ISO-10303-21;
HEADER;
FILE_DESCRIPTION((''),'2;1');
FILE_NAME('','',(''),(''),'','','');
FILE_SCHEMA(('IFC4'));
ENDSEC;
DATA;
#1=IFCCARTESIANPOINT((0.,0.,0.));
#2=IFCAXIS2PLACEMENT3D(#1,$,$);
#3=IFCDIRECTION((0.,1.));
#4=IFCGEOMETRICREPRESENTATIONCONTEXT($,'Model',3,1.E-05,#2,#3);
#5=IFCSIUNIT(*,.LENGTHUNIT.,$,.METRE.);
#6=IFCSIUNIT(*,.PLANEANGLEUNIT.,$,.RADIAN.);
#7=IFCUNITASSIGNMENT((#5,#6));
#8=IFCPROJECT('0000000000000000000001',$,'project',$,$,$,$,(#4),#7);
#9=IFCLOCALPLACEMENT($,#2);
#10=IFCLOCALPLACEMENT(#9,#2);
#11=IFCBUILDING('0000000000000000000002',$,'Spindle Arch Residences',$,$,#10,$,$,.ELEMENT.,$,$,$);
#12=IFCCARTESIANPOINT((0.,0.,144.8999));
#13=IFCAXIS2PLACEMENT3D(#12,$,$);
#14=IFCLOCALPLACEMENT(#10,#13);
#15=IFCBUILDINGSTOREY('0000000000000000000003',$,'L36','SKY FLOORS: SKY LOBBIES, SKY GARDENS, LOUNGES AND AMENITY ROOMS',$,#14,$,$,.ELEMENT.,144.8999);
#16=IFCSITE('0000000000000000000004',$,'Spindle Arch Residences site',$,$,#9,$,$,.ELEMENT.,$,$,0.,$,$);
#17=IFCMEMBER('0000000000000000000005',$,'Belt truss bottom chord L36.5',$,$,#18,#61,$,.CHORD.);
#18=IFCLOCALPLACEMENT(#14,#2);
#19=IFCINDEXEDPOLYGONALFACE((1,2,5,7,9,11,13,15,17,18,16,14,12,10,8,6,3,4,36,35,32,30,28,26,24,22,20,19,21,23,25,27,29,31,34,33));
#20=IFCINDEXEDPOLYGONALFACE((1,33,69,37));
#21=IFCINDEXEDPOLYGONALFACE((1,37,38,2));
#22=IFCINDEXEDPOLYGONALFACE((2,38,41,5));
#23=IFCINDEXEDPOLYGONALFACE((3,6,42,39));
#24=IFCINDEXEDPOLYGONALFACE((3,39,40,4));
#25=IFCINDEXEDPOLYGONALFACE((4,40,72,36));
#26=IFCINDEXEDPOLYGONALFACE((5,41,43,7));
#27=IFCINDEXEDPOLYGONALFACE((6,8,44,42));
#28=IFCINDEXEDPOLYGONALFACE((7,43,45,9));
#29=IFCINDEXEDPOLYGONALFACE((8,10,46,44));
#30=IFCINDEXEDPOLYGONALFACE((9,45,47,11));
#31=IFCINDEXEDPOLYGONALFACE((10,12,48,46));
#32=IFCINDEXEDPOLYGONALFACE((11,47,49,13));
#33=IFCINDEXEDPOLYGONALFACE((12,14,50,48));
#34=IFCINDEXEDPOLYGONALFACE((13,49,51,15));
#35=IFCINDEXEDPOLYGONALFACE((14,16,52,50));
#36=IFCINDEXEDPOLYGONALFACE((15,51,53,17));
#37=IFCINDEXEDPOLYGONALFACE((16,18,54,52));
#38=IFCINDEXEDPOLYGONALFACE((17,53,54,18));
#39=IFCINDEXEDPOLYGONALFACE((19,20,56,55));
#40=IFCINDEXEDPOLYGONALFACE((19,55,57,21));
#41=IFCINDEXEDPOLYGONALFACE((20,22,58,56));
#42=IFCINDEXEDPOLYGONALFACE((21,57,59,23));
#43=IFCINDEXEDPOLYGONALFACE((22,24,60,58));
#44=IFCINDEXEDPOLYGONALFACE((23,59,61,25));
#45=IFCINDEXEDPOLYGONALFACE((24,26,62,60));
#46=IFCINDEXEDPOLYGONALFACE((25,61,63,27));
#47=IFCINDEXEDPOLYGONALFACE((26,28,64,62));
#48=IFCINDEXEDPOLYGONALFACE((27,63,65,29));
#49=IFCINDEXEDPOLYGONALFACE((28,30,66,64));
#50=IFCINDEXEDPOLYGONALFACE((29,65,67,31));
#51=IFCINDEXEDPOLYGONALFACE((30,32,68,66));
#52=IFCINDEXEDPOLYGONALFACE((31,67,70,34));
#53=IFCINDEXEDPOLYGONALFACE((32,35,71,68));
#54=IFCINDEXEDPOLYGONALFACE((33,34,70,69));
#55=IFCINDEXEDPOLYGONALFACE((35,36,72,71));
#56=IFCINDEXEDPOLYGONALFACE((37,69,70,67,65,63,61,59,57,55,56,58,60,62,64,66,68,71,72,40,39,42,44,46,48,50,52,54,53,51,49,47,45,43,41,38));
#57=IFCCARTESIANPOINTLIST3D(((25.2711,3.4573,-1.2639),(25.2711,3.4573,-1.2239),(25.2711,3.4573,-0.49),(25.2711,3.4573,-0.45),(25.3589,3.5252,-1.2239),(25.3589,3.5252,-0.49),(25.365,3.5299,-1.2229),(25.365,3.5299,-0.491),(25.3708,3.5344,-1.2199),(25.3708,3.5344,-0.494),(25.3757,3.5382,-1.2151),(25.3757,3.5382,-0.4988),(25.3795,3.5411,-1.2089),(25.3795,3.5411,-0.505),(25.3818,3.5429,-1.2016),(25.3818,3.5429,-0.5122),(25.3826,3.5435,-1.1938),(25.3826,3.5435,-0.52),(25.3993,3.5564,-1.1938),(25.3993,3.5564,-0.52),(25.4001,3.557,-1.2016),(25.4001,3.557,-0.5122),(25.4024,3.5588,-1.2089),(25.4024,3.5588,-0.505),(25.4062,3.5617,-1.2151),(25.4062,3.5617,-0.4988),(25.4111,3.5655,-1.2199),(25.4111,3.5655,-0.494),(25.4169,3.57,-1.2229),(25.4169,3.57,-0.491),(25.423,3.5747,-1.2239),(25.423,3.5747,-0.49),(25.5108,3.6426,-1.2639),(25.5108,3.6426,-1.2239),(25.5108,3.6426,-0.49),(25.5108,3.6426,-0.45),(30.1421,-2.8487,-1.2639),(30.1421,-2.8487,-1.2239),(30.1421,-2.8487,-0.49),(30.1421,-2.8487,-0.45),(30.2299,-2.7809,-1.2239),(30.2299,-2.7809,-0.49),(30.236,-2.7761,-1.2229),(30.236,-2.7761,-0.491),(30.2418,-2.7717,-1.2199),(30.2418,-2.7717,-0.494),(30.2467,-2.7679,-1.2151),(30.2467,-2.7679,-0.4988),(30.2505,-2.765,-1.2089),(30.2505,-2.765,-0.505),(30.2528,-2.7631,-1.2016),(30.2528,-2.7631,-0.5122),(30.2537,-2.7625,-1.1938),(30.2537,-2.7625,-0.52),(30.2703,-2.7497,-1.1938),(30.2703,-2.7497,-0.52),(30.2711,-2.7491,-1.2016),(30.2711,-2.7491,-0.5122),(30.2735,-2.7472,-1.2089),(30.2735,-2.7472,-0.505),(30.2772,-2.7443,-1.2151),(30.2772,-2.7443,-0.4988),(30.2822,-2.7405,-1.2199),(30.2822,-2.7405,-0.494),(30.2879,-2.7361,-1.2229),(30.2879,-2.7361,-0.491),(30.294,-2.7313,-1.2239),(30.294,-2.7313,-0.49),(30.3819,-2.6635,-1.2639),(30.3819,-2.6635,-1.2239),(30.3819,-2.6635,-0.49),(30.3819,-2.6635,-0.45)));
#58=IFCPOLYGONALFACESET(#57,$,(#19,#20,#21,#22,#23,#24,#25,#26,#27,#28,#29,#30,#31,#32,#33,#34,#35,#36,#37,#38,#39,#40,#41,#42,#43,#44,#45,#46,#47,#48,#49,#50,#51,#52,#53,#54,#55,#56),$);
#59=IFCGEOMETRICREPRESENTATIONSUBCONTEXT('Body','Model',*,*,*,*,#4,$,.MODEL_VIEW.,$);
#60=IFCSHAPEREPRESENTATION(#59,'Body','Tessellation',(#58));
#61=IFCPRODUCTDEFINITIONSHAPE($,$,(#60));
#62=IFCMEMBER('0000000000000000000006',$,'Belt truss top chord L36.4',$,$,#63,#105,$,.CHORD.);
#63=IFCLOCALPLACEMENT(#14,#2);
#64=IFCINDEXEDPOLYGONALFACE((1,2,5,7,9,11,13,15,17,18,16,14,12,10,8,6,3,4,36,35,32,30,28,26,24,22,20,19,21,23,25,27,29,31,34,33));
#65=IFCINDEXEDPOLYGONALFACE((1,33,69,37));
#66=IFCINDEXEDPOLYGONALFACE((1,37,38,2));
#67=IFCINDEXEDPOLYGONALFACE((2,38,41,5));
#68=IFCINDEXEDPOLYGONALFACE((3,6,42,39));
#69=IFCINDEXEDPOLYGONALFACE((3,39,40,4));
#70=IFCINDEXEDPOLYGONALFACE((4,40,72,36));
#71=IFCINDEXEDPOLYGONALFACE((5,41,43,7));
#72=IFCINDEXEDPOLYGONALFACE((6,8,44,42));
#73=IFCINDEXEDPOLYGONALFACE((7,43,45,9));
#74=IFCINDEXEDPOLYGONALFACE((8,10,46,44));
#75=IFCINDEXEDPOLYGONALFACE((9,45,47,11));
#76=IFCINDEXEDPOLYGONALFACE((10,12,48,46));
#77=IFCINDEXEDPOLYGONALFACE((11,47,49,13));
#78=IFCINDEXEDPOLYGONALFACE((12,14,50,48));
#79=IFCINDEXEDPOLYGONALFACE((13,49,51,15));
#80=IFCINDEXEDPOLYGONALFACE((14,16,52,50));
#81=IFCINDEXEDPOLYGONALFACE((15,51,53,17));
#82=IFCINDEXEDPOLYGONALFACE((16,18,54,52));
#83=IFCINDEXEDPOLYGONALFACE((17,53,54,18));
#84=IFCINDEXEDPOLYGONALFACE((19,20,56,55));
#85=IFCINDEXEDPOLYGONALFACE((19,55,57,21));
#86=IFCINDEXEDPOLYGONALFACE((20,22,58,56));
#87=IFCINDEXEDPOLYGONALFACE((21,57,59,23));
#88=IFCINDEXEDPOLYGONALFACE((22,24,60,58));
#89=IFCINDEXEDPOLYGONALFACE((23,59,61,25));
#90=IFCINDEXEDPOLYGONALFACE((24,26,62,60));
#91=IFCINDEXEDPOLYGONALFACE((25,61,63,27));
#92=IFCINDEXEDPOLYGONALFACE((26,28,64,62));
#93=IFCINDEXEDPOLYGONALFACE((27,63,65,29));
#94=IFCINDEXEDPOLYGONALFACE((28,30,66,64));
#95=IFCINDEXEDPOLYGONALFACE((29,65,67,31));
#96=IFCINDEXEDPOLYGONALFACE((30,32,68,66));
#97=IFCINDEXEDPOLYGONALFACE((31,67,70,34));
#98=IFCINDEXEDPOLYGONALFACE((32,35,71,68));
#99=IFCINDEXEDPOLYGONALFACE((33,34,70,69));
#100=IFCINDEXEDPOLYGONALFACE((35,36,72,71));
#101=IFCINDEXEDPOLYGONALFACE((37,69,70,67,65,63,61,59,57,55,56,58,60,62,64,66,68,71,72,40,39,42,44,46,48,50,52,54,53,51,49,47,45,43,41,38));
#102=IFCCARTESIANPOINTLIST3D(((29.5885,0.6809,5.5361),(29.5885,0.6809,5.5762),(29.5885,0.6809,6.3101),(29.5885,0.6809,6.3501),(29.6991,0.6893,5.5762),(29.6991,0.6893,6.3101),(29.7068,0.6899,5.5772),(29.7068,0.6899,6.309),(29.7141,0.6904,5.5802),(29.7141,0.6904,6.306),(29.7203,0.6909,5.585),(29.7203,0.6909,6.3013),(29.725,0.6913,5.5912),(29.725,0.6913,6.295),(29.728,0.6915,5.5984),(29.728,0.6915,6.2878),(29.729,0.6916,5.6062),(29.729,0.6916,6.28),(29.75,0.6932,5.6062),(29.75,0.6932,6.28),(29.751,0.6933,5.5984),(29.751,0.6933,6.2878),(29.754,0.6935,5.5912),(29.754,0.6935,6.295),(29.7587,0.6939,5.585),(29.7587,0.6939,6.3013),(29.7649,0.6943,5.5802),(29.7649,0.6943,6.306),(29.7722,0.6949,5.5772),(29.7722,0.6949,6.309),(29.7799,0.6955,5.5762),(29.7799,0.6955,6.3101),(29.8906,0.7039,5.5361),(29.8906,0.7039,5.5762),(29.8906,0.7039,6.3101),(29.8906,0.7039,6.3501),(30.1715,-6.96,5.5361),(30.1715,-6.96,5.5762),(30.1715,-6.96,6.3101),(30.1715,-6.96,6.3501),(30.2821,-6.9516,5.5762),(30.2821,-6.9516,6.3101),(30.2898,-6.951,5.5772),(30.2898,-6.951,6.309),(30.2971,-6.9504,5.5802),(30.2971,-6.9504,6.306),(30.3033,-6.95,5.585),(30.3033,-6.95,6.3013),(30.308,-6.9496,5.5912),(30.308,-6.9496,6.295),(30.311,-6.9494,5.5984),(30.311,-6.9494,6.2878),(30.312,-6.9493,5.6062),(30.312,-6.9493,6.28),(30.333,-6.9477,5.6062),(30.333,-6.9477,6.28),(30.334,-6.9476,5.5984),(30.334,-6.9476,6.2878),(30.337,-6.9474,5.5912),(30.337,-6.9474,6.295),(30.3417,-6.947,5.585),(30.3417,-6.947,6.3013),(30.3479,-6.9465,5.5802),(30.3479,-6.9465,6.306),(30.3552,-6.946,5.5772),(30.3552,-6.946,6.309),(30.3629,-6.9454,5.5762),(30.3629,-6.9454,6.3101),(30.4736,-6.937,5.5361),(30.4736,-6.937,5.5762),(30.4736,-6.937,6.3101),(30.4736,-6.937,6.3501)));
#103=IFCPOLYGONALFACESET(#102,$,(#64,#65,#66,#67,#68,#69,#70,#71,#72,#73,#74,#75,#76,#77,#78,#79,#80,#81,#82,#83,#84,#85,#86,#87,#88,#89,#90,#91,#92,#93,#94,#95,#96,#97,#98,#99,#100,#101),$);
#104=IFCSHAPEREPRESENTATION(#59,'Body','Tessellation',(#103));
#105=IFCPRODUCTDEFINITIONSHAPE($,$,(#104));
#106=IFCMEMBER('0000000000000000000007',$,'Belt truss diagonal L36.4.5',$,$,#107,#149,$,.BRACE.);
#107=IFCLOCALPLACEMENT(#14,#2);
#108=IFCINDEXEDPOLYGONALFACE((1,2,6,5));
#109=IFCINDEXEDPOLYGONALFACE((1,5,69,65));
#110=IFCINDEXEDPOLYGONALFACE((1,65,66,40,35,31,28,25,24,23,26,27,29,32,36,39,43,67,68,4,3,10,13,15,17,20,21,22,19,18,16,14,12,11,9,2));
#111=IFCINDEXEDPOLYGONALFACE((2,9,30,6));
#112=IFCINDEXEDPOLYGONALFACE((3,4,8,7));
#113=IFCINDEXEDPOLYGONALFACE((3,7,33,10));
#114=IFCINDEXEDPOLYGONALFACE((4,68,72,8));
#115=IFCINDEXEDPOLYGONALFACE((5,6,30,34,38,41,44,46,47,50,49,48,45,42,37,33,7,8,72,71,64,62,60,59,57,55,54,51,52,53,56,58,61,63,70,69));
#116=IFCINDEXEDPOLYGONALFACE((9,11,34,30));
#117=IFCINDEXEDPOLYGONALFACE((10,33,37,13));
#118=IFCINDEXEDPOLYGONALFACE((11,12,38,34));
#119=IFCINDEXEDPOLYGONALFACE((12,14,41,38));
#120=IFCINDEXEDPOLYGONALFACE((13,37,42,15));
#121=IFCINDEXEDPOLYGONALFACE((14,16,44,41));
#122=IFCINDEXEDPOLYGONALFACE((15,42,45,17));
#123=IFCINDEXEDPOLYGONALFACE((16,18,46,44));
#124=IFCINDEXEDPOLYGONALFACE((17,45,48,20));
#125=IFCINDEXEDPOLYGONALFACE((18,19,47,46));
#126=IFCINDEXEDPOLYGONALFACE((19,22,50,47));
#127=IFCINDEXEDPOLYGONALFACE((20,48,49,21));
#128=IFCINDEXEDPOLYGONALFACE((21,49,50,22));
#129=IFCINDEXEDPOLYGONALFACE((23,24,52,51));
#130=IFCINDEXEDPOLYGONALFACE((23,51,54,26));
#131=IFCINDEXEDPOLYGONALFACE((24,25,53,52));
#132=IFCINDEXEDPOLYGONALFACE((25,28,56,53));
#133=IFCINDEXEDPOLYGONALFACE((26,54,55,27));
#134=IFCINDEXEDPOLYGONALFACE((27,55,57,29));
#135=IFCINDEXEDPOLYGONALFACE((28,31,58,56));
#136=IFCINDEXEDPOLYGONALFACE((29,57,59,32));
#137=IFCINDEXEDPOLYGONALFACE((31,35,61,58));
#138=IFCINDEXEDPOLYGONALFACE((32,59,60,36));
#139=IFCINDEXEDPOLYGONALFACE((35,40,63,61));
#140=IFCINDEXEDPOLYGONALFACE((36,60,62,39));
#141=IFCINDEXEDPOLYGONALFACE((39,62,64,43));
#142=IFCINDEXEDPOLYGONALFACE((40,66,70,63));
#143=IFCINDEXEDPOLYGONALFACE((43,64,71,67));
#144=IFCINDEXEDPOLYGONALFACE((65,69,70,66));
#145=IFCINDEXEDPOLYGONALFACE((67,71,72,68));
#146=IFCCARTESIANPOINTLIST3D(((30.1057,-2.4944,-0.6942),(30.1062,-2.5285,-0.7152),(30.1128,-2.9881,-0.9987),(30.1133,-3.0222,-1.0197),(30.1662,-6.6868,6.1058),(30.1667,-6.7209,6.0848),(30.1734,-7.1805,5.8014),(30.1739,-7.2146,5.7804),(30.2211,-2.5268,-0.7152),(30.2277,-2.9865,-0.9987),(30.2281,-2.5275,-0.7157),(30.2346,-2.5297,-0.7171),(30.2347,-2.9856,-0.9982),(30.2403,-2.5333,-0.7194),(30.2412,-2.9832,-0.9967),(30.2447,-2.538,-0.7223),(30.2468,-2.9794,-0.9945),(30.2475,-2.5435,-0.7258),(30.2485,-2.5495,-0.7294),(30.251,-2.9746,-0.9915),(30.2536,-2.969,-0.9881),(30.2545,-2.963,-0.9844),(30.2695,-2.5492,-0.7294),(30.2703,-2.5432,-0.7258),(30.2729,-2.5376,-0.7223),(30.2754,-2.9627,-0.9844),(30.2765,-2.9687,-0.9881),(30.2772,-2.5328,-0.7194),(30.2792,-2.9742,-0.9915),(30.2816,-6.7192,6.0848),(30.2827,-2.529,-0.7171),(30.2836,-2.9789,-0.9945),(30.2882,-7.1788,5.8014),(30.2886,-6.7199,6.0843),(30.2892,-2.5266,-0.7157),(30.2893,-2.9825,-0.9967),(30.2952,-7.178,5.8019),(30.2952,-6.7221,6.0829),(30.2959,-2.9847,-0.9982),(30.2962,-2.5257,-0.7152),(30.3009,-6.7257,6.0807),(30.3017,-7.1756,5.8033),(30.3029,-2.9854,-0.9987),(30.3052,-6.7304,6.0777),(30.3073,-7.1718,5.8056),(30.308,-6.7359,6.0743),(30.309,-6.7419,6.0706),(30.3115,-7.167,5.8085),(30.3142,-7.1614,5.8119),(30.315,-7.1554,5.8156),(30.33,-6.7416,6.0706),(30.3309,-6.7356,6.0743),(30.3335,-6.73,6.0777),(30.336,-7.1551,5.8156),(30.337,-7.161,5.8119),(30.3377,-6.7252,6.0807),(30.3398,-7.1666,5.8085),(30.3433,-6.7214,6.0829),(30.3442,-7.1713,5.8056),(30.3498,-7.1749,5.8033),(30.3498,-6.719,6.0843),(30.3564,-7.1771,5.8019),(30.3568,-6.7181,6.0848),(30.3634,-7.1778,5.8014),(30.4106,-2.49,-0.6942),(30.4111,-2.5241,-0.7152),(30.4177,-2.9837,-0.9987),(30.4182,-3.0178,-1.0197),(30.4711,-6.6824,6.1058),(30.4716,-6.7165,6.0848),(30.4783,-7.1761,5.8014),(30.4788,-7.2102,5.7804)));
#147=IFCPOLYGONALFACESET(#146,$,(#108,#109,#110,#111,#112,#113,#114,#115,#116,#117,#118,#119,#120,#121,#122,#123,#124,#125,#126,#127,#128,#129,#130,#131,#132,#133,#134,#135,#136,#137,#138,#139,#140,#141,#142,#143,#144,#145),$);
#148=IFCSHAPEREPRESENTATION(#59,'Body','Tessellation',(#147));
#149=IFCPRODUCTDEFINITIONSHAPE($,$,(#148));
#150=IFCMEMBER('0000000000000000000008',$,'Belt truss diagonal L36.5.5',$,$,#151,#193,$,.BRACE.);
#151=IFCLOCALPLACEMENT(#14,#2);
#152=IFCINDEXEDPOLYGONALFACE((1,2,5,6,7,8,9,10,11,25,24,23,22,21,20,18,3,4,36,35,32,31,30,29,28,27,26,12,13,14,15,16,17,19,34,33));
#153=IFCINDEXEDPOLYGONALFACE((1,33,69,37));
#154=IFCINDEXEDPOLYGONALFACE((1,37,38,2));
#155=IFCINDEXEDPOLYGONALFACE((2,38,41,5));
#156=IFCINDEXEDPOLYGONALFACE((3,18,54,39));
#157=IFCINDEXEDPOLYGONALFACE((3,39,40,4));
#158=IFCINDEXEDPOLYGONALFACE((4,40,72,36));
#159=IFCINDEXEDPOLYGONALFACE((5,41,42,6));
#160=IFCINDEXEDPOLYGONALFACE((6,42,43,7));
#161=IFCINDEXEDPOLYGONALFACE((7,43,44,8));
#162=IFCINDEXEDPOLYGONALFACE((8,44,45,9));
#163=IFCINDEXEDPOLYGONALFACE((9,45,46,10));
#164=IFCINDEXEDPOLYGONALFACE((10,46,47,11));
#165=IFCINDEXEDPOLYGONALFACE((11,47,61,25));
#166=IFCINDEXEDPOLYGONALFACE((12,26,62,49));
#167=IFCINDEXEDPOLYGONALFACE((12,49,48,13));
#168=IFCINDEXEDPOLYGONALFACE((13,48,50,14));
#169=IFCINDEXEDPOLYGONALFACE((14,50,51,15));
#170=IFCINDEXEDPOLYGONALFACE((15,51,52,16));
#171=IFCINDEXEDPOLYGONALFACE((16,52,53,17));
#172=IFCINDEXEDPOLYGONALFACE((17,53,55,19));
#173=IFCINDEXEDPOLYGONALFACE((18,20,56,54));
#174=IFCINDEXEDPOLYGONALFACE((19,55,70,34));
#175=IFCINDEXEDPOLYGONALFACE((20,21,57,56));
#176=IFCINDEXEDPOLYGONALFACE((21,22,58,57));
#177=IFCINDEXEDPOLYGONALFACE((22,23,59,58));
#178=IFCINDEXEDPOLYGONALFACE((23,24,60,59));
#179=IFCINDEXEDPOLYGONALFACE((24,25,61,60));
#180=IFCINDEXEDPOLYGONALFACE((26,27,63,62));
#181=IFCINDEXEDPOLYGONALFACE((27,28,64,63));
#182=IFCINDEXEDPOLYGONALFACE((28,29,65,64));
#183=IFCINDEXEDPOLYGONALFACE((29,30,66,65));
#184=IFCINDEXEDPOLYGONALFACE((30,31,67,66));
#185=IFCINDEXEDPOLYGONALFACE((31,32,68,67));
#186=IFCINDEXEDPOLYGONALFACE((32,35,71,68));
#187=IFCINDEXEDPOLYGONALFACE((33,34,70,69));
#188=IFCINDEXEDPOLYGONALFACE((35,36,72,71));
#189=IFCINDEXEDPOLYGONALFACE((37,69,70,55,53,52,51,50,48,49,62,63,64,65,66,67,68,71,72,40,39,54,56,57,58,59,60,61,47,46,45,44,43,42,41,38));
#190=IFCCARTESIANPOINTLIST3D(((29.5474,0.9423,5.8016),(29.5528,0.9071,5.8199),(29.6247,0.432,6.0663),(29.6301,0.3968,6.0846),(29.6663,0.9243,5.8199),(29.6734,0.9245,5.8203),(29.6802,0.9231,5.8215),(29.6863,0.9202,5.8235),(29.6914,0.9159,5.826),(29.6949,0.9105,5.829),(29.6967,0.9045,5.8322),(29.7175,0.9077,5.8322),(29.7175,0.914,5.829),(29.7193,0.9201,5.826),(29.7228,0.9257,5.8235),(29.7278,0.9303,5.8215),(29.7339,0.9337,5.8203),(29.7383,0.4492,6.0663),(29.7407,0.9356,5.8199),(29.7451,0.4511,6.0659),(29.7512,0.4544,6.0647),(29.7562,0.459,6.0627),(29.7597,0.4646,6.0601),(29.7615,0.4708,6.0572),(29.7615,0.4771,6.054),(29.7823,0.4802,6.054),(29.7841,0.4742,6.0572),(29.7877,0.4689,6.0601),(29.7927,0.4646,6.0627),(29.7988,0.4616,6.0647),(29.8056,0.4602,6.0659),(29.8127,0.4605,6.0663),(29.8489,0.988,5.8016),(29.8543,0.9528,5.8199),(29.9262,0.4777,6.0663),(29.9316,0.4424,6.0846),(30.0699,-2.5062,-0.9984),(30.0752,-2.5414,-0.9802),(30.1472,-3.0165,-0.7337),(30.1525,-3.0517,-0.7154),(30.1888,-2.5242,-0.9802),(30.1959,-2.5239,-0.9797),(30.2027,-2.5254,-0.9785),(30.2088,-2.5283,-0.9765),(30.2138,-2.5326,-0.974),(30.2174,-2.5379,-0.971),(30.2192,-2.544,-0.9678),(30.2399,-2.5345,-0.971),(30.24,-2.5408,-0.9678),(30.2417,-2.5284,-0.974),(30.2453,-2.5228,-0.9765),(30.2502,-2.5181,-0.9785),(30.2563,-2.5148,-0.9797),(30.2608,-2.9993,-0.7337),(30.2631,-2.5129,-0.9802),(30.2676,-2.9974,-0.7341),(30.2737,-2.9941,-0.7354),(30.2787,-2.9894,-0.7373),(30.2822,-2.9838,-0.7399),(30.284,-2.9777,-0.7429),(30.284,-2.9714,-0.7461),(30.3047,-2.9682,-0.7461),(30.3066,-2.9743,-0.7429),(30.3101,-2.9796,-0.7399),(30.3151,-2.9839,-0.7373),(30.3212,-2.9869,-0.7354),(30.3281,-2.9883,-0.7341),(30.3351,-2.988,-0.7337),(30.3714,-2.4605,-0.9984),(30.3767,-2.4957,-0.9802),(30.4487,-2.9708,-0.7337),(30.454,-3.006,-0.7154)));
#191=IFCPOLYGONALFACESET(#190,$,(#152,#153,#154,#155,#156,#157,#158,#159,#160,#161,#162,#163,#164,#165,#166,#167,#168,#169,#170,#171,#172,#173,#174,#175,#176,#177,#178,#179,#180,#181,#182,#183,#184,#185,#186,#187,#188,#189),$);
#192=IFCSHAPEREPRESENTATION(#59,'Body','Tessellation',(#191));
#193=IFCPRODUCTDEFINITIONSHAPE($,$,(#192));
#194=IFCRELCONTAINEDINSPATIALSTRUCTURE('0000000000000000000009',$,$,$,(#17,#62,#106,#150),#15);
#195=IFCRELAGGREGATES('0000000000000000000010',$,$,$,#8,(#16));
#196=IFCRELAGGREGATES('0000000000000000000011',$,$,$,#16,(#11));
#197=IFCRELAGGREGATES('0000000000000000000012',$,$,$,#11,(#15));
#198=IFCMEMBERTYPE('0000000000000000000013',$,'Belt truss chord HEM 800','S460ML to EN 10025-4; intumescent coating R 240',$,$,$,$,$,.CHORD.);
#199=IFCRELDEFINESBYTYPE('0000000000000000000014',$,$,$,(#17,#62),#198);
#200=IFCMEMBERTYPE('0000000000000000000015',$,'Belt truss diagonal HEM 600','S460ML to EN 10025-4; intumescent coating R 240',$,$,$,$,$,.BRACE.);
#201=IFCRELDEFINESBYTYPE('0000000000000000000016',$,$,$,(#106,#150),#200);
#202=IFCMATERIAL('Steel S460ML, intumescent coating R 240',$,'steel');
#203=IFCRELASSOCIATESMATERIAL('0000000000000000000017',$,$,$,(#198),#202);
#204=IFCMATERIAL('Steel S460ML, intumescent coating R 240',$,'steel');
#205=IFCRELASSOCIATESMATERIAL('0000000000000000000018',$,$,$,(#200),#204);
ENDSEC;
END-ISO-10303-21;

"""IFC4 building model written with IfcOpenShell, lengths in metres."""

from ifc_helpers import new_model, si_unit, direction, frame, origin, origin_2d, place, context, subcontext, project, spatial, i_section, extrude, material, material_profile, profile_set, type_object, element, save


model = new_model("IFC4")

# Units and contexts
model_context = context("Model", 3, precision=1e-05, world=origin(), true_north=direction((0.0, 1.0)))
body_context = subcontext(model_context, "Body", "Model", "MODEL_VIEW")
ifc_project = project(units=[si_unit("LENGTHUNIT", "METRE"), si_unit("PLANEANGLEUNIT", "RADIAN")], contexts=[model_context])

# Site, building, storey
site_placement = place(None, origin())
site = spatial("IfcSite", under=ifc_project, at=site_placement, Name="Spindle Arch Residences site", CompositionType="ELEMENT", RefElevation=0.0)
building_placement = place(site_placement, origin())
building = spatial("IfcBuilding", under=site, at=building_placement, Name="Spindle Arch Residences", CompositionType="ELEMENT")
storey_placement = place(building_placement, frame((0.0, 0.0, 144.8999)))
storey = spatial("IfcBuildingStorey", under=building, at=storey_placement, Name="L36", Description="SKY FLOORS: SKY LOBBIES, SKY GARDENS, LOUNGES AND AMENITY ROOMS", CompositionType="ELEMENT", Elevation=144.8999)

# Members
ifc_material_1 = material(Name="Steel S460ML, intumescent coating R 240", Category="steel")
ifc_material_profile_1 = material_profile(ifc_material_1, i_section(OverallWidth=0.303, OverallDepth=0.814, WebThickness=0.021, FlangeThickness=0.04, FilletRadius=0.03, at=origin_2d()), Name="HEM 800")
ifc_profile_set_1 = profile_set([ifc_material_profile_1], Name="Steel S460ML, intumescent coating R 240")
member_type_1 = type_object("IfcMemberType", Name="Belt truss chord HEM 800", Description="S460ML to EN 10025-4; intumescent coating R 240", PredefinedType="CHORD", material=ifc_profile_set_1)
member_1_placement = place(storey_placement, frame((30.262, -2.7561, -0.8569), z_axis=(-0.611303, 0.791397, 0.0), x_axis=(-0.791397, -0.611303, 0.0)))
element("IfcMember", 1, at=member_1_placement, inside=storey, type_object=member_type_1, Name="Belt truss bottom chord L36.5", PredefinedType="CHORD", context=body_context, shape_type="SweptSolid", body=[
    extrude(i_section(OverallWidth=0.303, OverallDepth=0.814, WebThickness=0.021, FlangeThickness=0.04, FilletRadius=0.03, at=origin_2d()), origin(), (0.0, 0.0, 1.0), 7.9683),
])
member_2_placement = place(storey_placement, frame((30.3225, -6.9485, 5.9431), z_axis=(-0.07608, 0.997102, 0.0), x_axis=(-0.997102, -0.07608, 0.0)))
element("IfcMember", 2, at=member_2_placement, inside=storey, type_object=member_type_1, Name="Belt truss top chord L36.4", PredefinedType="CHORD", context=body_context, shape_type="SweptSolid", body=[
    extrude(i_section(OverallWidth=0.303, OverallDepth=0.814, WebThickness=0.021, FlangeThickness=0.04, FilletRadius=0.03, at=origin_2d()), origin(), (0.0, 0.0, 1.0), 7.6631),
])
ifc_material_2 = material(Name="Steel S460ML, intumescent coating R 240", Category="steel")
ifc_material_profile_2 = material_profile(ifc_material_2, i_section(OverallWidth=0.3049, OverallDepth=0.6201, WebThickness=0.021, FlangeThickness=0.04, FilletRadius=0.0271, at=origin_2d()), Name="HEM 600")
ifc_profile_set_2 = profile_set([ifc_material_profile_2], Name="Steel S460ML, intumescent coating R 240")
member_type_2 = type_object("IfcMemberType", Name="Belt truss diagonal HEM 600", Description="S460ML to EN 10025-4; intumescent coating R 240", PredefinedType="BRACE", material=ifc_profile_set_2)
member_3_placement = place(storey_placement, frame((30.262, -2.7561, -0.8569), z_axis=(0.007579, -0.524785, 0.851201), x_axis=(0.999896, 0.014441, 0.0)))
element("IfcMember", 3, at=member_3_placement, inside=storey, type_object=member_type_2, Name="Belt truss diagonal L36.4.5", PredefinedType="BRACE", context=body_context, shape_type="SweptSolid", body=[
    extrude(i_section(OverallWidth=0.3049, OverallDepth=0.6201, WebThickness=0.021, FlangeThickness=0.04, FilletRadius=0.0271, at=origin_2d()), origin(), (0.0, 0.0, 1.0), 7.9888),
])
member_4_placement = place(storey_placement, frame((30.262, -2.7561, -0.8569), z_axis=(-0.068364, 0.451233, 0.889784), x_axis=(-0.988717, -0.149795, 0.0)))
element("IfcMember", 4, at=member_4_placement, inside=storey, type_object=member_type_2, Name="Belt truss diagonal L36.5.5", PredefinedType="BRACE", context=body_context, shape_type="SweptSolid", body=[
    extrude(i_section(OverallWidth=0.3049, OverallDepth=0.6201, WebThickness=0.021, FlangeThickness=0.04, FilletRadius=0.0271, at=origin_2d()), origin(), (0.0, 0.0, 1.0), 7.6423),
])

save(model, "model.ifc")
